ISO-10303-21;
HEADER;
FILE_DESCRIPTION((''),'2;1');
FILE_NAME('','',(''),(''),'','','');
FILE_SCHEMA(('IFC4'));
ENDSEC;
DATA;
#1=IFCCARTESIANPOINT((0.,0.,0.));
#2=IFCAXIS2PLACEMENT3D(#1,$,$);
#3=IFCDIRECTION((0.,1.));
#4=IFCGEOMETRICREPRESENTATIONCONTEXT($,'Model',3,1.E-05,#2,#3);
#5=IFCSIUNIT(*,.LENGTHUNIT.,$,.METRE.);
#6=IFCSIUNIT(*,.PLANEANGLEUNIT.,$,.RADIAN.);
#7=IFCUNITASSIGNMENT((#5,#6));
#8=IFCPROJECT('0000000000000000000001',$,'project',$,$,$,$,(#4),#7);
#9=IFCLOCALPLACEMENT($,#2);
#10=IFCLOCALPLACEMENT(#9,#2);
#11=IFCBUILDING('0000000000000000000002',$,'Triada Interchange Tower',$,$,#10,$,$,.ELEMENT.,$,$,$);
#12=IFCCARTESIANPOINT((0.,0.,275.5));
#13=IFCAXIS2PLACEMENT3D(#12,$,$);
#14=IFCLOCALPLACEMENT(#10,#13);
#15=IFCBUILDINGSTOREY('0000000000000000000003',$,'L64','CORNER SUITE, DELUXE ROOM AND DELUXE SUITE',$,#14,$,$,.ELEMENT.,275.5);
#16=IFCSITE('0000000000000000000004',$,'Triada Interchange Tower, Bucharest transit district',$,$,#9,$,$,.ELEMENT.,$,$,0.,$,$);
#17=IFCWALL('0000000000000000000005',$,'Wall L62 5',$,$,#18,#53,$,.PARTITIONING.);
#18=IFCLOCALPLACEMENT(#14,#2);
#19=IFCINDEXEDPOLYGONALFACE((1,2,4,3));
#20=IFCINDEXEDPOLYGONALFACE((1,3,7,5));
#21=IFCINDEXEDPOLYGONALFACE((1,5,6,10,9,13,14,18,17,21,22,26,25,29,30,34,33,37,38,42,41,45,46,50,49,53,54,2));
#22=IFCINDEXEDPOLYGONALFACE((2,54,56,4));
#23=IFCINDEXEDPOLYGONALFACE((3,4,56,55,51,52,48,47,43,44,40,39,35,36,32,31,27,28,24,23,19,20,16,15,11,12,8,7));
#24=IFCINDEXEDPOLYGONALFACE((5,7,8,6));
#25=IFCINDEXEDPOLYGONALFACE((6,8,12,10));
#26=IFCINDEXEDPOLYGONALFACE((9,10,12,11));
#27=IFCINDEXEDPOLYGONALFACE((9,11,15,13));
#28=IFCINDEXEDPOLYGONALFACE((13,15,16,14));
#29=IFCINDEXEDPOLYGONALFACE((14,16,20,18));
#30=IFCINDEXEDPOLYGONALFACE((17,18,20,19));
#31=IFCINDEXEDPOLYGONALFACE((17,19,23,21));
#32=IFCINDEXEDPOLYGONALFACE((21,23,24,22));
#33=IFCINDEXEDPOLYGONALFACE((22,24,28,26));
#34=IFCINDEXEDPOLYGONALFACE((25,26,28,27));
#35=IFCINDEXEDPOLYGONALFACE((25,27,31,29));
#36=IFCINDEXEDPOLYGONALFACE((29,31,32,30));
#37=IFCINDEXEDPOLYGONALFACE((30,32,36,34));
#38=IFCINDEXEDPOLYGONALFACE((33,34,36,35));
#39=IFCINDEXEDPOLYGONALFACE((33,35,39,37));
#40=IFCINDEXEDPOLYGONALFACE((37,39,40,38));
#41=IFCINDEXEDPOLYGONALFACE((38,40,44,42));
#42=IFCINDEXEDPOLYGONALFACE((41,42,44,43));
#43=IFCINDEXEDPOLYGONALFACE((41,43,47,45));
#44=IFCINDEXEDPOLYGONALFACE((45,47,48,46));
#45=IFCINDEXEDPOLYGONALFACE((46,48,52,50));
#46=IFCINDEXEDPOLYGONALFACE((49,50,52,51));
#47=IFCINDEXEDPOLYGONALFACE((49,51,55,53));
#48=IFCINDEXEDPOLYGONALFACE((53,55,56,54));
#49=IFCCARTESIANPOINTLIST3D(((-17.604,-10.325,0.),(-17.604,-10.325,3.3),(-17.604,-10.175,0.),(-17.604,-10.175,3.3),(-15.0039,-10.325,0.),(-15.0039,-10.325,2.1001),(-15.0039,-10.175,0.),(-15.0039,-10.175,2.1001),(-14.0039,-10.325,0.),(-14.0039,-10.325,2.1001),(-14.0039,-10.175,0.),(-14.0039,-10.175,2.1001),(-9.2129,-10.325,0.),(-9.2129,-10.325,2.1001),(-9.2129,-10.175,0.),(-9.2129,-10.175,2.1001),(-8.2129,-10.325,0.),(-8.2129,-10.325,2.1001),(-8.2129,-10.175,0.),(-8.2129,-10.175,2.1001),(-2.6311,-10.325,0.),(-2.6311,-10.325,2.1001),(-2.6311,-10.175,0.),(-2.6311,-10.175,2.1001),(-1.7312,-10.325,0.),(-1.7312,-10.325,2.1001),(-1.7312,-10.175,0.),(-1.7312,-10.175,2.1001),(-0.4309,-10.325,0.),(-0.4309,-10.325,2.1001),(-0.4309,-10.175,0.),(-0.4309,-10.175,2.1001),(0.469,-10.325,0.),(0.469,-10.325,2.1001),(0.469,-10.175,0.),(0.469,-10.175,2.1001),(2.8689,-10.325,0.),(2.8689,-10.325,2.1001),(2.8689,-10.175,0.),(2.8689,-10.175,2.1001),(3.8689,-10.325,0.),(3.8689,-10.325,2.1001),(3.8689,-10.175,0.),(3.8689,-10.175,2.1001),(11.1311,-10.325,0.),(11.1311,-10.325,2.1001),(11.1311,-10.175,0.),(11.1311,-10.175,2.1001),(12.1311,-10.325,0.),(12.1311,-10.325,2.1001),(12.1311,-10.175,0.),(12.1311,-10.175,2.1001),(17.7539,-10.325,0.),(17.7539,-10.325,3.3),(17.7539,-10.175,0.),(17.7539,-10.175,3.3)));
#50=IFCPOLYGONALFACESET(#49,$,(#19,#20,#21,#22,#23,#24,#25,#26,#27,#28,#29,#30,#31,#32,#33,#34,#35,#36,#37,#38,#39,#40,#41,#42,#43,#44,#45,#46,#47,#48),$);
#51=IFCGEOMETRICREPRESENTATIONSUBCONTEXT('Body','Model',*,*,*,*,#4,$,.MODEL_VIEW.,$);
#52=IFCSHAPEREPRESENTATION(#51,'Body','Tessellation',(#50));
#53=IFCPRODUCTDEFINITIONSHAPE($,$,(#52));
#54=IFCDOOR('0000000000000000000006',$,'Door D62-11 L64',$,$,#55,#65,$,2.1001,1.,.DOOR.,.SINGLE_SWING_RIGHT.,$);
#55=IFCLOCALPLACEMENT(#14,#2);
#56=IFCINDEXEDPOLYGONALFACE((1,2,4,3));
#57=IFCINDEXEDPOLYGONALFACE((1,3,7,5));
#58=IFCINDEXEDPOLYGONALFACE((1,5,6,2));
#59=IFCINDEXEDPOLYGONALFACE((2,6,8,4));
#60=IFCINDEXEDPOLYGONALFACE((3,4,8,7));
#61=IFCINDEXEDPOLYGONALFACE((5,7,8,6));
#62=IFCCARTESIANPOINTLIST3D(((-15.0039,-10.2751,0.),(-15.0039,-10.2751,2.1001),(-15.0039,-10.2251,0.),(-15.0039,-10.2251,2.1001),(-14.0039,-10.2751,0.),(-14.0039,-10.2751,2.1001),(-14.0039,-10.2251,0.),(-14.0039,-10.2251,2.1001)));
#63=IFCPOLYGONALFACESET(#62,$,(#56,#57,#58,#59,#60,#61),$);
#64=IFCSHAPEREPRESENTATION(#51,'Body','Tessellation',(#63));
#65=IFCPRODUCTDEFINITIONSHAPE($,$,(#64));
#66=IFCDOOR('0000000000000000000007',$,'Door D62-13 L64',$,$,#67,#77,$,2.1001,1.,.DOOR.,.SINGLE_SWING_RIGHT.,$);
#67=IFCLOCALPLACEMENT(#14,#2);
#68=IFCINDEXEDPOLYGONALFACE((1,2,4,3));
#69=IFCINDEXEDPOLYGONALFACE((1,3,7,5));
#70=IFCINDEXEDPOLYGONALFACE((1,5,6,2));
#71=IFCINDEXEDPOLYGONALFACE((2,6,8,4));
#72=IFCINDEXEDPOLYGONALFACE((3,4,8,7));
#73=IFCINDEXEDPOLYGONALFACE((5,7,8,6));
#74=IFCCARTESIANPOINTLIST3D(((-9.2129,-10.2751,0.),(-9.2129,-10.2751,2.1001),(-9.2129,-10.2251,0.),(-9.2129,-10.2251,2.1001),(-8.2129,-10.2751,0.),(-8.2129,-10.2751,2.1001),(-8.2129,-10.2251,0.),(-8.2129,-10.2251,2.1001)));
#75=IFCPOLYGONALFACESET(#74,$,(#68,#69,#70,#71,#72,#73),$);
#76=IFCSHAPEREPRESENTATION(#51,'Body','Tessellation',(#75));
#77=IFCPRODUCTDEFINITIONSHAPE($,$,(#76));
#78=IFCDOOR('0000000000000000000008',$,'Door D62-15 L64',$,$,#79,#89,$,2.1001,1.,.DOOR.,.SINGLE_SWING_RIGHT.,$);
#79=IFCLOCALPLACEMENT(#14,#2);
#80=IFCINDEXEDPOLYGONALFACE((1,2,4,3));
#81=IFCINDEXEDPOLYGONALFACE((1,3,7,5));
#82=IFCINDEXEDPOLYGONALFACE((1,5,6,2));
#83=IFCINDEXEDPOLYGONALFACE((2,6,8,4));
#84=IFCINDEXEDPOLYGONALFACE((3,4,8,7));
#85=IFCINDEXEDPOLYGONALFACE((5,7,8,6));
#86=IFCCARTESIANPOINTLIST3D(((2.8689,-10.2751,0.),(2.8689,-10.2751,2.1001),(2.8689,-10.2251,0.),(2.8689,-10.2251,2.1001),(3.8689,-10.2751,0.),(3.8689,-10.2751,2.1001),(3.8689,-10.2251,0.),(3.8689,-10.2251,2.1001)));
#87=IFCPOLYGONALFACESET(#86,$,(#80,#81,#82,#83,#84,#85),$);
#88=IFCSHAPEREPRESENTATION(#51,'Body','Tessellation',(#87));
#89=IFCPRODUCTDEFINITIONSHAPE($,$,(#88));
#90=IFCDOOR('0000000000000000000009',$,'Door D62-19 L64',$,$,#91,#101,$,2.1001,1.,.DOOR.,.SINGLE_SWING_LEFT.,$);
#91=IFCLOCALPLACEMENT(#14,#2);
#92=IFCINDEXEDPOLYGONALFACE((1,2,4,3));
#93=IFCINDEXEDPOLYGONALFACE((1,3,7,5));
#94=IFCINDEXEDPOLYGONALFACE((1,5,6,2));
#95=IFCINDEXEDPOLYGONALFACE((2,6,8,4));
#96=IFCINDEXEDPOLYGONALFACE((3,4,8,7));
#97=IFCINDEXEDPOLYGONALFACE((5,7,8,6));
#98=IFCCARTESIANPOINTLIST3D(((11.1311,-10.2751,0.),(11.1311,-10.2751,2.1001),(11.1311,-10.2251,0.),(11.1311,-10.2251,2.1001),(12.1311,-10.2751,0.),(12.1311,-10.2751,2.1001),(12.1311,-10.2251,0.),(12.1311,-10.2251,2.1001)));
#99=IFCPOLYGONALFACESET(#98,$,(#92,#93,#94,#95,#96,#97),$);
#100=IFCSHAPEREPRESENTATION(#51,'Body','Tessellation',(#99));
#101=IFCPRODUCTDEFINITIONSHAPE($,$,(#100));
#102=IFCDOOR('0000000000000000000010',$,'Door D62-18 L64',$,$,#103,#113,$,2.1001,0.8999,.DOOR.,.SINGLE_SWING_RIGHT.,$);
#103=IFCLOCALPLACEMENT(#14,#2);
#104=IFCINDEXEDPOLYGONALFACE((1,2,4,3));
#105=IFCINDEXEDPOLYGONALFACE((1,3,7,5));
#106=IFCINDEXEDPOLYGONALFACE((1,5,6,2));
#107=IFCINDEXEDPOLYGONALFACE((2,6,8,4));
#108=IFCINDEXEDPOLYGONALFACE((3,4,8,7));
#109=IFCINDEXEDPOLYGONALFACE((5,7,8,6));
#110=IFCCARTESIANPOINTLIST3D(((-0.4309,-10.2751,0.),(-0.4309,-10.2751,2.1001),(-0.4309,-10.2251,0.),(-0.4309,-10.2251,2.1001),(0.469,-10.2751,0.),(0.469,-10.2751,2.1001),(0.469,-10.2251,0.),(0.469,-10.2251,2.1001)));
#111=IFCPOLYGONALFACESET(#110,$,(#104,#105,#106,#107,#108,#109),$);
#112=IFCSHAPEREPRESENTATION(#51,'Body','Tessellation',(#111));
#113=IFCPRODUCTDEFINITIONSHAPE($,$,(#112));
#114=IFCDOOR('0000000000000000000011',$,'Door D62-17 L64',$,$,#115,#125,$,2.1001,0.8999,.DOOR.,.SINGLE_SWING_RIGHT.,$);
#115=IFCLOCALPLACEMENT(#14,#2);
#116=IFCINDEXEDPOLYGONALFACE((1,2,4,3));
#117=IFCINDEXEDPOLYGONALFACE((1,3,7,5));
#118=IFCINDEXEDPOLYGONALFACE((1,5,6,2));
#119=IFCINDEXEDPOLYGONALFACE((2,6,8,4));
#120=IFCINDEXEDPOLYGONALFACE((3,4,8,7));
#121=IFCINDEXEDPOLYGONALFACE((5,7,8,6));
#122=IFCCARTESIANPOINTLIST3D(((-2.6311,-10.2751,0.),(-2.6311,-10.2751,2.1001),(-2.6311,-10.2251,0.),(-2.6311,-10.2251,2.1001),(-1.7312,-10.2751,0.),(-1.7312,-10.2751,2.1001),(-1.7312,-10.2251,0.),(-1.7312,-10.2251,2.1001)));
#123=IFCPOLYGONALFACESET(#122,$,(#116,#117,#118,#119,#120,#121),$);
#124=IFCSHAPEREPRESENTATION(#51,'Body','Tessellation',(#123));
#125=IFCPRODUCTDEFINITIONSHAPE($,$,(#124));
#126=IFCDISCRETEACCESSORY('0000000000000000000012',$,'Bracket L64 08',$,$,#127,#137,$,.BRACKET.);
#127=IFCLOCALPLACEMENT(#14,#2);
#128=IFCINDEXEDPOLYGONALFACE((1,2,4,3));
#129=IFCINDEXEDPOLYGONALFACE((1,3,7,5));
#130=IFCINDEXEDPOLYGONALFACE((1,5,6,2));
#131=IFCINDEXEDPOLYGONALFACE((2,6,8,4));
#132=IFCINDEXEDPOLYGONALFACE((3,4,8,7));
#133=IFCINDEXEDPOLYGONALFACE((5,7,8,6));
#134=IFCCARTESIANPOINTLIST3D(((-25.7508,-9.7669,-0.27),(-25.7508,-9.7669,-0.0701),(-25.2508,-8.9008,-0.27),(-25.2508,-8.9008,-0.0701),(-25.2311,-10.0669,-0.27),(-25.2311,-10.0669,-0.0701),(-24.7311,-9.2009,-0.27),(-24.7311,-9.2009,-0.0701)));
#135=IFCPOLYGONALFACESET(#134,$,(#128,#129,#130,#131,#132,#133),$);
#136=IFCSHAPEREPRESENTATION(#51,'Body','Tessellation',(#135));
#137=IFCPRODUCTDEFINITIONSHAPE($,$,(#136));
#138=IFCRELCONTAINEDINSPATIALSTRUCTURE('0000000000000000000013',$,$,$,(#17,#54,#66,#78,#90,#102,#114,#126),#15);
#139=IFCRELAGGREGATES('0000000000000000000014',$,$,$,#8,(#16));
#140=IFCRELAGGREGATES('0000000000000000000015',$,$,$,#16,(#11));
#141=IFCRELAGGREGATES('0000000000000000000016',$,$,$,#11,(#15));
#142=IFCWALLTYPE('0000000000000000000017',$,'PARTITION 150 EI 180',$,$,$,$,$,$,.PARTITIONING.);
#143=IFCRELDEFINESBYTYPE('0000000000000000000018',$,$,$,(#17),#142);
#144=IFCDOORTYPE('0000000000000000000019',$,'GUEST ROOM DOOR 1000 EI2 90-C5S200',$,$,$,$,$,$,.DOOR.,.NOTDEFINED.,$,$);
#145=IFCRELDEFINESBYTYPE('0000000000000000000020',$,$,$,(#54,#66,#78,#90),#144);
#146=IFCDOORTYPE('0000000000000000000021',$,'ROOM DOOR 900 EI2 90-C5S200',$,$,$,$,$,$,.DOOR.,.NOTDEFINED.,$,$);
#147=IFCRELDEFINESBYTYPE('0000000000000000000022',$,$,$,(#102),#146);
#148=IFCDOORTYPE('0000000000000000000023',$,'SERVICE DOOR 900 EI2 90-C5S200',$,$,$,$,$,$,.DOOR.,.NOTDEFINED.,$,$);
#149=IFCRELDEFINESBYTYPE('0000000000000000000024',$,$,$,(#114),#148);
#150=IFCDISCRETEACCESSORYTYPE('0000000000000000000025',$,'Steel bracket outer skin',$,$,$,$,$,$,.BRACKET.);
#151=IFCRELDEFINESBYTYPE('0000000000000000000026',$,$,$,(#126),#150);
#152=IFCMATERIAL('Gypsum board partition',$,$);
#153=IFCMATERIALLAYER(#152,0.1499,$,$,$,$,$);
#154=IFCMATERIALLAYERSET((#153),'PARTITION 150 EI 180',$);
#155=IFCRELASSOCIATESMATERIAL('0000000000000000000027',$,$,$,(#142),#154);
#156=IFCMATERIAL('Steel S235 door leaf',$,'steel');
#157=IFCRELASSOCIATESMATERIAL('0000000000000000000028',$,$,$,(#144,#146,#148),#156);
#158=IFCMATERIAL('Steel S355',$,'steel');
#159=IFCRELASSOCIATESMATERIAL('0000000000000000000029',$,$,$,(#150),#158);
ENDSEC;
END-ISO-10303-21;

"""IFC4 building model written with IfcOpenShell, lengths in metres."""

from ifc_helpers import new_model, si_unit, direction, frame, frame_2d, origin, origin_2d, place, context, subcontext, project, spatial, rectangle, extrude, material, layer, layer_set, type_object, element, fill, save


model = new_model("IFC4")

# Units and contexts
model_context = context("Model", 3, precision=1e-05, world=origin(), true_north=direction((0.0, 1.0)))
body_context = subcontext(model_context, "Body", "Model", "MODEL_VIEW")
ifc_project = project(units=[si_unit("LENGTHUNIT", "METRE"), si_unit("PLANEANGLEUNIT", "RADIAN")], contexts=[model_context])

# Site, building, storey
site_placement = place(None, origin())
site = spatial("IfcSite", under=ifc_project, at=site_placement, Name="Triada Interchange Tower, Bucharest transit district", CompositionType="ELEMENT", RefElevation=0.0)
building_placement = place(site_placement, origin())
building = spatial("IfcBuilding", under=site, at=building_placement, Name="Triada Interchange Tower", CompositionType="ELEMENT")
storey_placement = place(building_placement, frame((0.0, 0.0, 275.5)))
storey = spatial("IfcBuildingStorey", under=building, at=storey_placement, Name="L64", Description="CORNER SUITE, DELUXE ROOM AND DELUXE SUITE", CompositionType="ELEMENT", Elevation=275.5)

# Wall, openings, doors
ifc_material_1 = material(Name="Gypsum board partition")
ifc_layer = layer(ifc_material_1, 0.1499)
ifc_layer_set = layer_set([ifc_layer], Name="PARTITION 150 EI 180")
wall_type = type_object("IfcWallType", Name="PARTITION 150 EI 180", PredefinedType="PARTITIONING", material=ifc_layer_set)
ifc_material_2 = material(Name="Steel S235 door leaf", Category="steel")
door_type_1 = type_object("IfcDoorType", Name="GUEST ROOM DOOR 1000 EI2 90-C5S200", OperationType="NOTDEFINED", PredefinedType="DOOR", material=ifc_material_2)
door_type_2 = type_object("IfcDoorType", Name="ROOM DOOR 900 EI2 90-C5S200", OperationType="NOTDEFINED", PredefinedType="DOOR", material=ifc_material_2)
door_type_3 = type_object("IfcDoorType", Name="SERVICE DOOR 900 EI2 90-C5S200", OperationType="NOTDEFINED", PredefinedType="DOOR", material=ifc_material_2)
wall_1_placement = place(storey_placement, frame((-17.604, -10.25, 0.0), z_axis=(0.0, 0.0, 1.0), x_axis=(1.0, 0.0, 0.0)))
wall_1 = element("IfcWall", 1, at=wall_1_placement, inside=storey, type_object=wall_type, Name="Wall L62 5", PredefinedType="PARTITIONING", context=body_context, shape_type="SweptSolid", body=[
    extrude(rectangle(XDim=35.3579, YDim=0.1499, at=frame_2d((17.679, 0.0))), origin(), (0.0, 0.0, 1.0), 3.3),
])
opening_1_placement = place(wall_1_placement, frame((2.6001, 0.0, 0.0)))
opening_1 = element("IfcOpeningElement", 2, at=opening_1_placement, cuts=wall_1, PredefinedType="OPENING", context=body_context, shape_type="SweptSolid", body=[
    extrude(rectangle(XDim=1.0, YDim=2.1001, at=frame_2d((0.5, 1.05))), frame((0.0, 0.085, 0.0), z_axis=(0.0, -1.0, 0.0), x_axis=(1.0, 0.0, 0.0)), (0.0, 0.0, 1.0), 0.1699),
])
opening_2_placement = place(wall_1_placement, frame((8.3911, 0.0, 0.0)))
opening_2 = element("IfcOpeningElement", 3, at=opening_2_placement, cuts=wall_1, PredefinedType="OPENING", context=body_context, shape_type="SweptSolid", body=[
    extrude(rectangle(XDim=1.0, YDim=2.1001, at=frame_2d((0.5, 1.05))), frame((0.0, 0.085, 0.0), z_axis=(0.0, -1.0, 0.0), x_axis=(1.0, 0.0, 0.0)), (0.0, 0.0, 1.0), 0.1699),
])
opening_3_placement = place(wall_1_placement, frame((20.4729, 0.0, 0.0)))
opening_3 = element("IfcOpeningElement", 4, at=opening_3_placement, cuts=wall_1, PredefinedType="OPENING", context=body_context, shape_type="SweptSolid", body=[
    extrude(rectangle(XDim=1.0, YDim=2.1001, at=frame_2d((0.5, 1.05))), frame((0.0, 0.085, 0.0), z_axis=(0.0, -1.0, 0.0), x_axis=(1.0, 0.0, 0.0)), (0.0, 0.0, 1.0), 0.1699),
])
opening_4_placement = place(wall_1_placement, frame((14.9729, 0.0, 0.0)))
opening_4 = element("IfcOpeningElement", 5, at=opening_4_placement, cuts=wall_1, PredefinedType="OPENING", context=body_context, shape_type="SweptSolid", body=[
    extrude(rectangle(XDim=0.8999, YDim=2.1001, at=frame_2d((0.45, 1.05))), frame((0.0, 0.085, 0.0), z_axis=(0.0, -1.0, 0.0), x_axis=(1.0, 0.0, 0.0)), (0.0, 0.0, 1.0), 0.1699),
])
opening_5_placement = place(wall_1_placement, frame((17.1731, 0.0, 0.0)))
opening_5 = element("IfcOpeningElement", 6, at=opening_5_placement, cuts=wall_1, PredefinedType="OPENING", context=body_context, shape_type="SweptSolid", body=[
    extrude(rectangle(XDim=0.8999, YDim=2.1001, at=frame_2d((0.45, 1.05))), frame((0.0, 0.085, 0.0), z_axis=(0.0, -1.0, 0.0), x_axis=(1.0, 0.0, 0.0)), (0.0, 0.0, 1.0), 0.1699),
])
opening_6_placement = place(wall_1_placement, frame((28.7351, 0.0, 0.0)))
opening_6 = element("IfcOpeningElement", 7, at=opening_6_placement, cuts=wall_1, PredefinedType="OPENING", context=body_context, shape_type="SweptSolid", body=[
    extrude(rectangle(XDim=1.0, YDim=2.1001, at=frame_2d((0.5, 1.05))), frame((0.0, 0.085, 0.0), z_axis=(0.0, -1.0, 0.0), x_axis=(1.0, 0.0, 0.0)), (0.0, 0.0, 1.0), 0.1699),
])
door_1_placement = place(opening_1_placement, origin())
door_1 = element("IfcDoor", 8, at=door_1_placement, inside=storey, type_object=door_type_1, Name="Door D62-11 L64", OperationType="SINGLE_SWING_RIGHT", OverallHeight=2.1001, OverallWidth=1.0, PredefinedType="DOOR", context=body_context, shape_type="SweptSolid", body=[
    extrude(rectangle(XDim=1.0, YDim=2.1001, at=frame_2d((0.5, 1.05))), frame((0.0, 0.0249, 0.0), z_axis=(0.0, -1.0, 0.0), x_axis=(1.0, 0.0, 0.0)), (0.0, 0.0, 1.0), 0.05),
])
fill(opening_1, door_1)
door_2_placement = place(opening_2_placement, origin())
door_2 = element("IfcDoor", 9, at=door_2_placement, inside=storey, type_object=door_type_1, Name="Door D62-13 L64", OperationType="SINGLE_SWING_RIGHT", OverallHeight=2.1001, OverallWidth=1.0, PredefinedType="DOOR", context=body_context, shape_type="SweptSolid", body=[
    extrude(rectangle(XDim=1.0, YDim=2.1001, at=frame_2d((0.5, 1.05))), frame((0.0, 0.0249, 0.0), z_axis=(0.0, -1.0, 0.0), x_axis=(1.0, 0.0, 0.0)), (0.0, 0.0, 1.0), 0.05),
])
fill(opening_2, door_2)
door_3_placement = place(opening_3_placement, origin())
door_3 = element("IfcDoor", 10, at=door_3_placement, inside=storey, type_object=door_type_1, Name="Door D62-15 L64", OperationType="SINGLE_SWING_RIGHT", OverallHeight=2.1001, OverallWidth=1.0, PredefinedType="DOOR", context=body_context, shape_type="SweptSolid", body=[
    extrude(rectangle(XDim=1.0, YDim=2.1001, at=frame_2d((0.5, 1.05))), frame((0.0, 0.0249, 0.0), z_axis=(0.0, -1.0, 0.0), x_axis=(1.0, 0.0, 0.0)), (0.0, 0.0, 1.0), 0.05),
])
fill(opening_3, door_3)
door_4_placement = place(opening_6_placement, origin())
door_4 = element("IfcDoor", 11, at=door_4_placement, inside=storey, type_object=door_type_1, Name="Door D62-19 L64", OperationType="SINGLE_SWING_LEFT", OverallHeight=2.1001, OverallWidth=1.0, PredefinedType="DOOR", context=body_context, shape_type="SweptSolid", body=[
    extrude(rectangle(XDim=1.0, YDim=2.1001, at=frame_2d((0.5, 1.05))), frame((0.0, 0.0249, 0.0), z_axis=(0.0, -1.0, 0.0), x_axis=(1.0, 0.0, 0.0)), (0.0, 0.0, 1.0), 0.05),
])
fill(opening_6, door_4)
door_5_placement = place(opening_5_placement, origin())
door_5 = element("IfcDoor", 12, at=door_5_placement, inside=storey, type_object=door_type_2, Name="Door D62-18 L64", OperationType="SINGLE_SWING_RIGHT", OverallHeight=2.1001, OverallWidth=0.8999, PredefinedType="DOOR", context=body_context, shape_type="SweptSolid", body=[
    extrude(rectangle(XDim=0.8999, YDim=2.1001, at=frame_2d((0.45, 1.05))), frame((0.0, 0.0249, 0.0), z_axis=(0.0, -1.0, 0.0), x_axis=(1.0, 0.0, 0.0)), (0.0, 0.0, 1.0), 0.05),
])
fill(opening_5, door_5)
door_6_placement = place(opening_4_placement, origin())
door_6 = element("IfcDoor", 13, at=door_6_placement, inside=storey, type_object=door_type_3, Name="Door D62-17 L64", OperationType="SINGLE_SWING_RIGHT", OverallHeight=2.1001, OverallWidth=0.8999, PredefinedType="DOOR", context=body_context, shape_type="SweptSolid", body=[
    extrude(rectangle(XDim=0.8999, YDim=2.1001, at=frame_2d((0.45, 1.05))), frame((0.0, 0.0249, 0.0), z_axis=(0.0, -1.0, 0.0), x_axis=(1.0, 0.0, 0.0)), (0.0, 0.0, 1.0), 0.05),
])
fill(opening_4, door_6)

# Discrete accessory
ifc_material_3 = material(Name="Steel S355", Category="steel")
discrete_accessory_type = type_object("IfcDiscreteAccessoryType", Name="Steel bracket outer skin", PredefinedType="BRACKET", material=ifc_material_3)
discrete_accessory_placement = place(storey_placement, frame((-25.241, -9.4839, -0.27), z_axis=(0.0, 0.0, 1.0), x_axis=(-0.866029, 0.499994, 0.0)))
element("IfcDiscreteAccessory", 14, at=discrete_accessory_placement, inside=storey, type_object=discrete_accessory_type, Name="Bracket L64 08", PredefinedType="BRACKET", context=body_context, shape_type="SweptSolid", body=[
    extrude(rectangle(XDim=0.6001, YDim=1.0, at=origin_2d()), origin(), (0.0, 0.0, 1.0), 0.2),
])

save(model, "model.ifc")
